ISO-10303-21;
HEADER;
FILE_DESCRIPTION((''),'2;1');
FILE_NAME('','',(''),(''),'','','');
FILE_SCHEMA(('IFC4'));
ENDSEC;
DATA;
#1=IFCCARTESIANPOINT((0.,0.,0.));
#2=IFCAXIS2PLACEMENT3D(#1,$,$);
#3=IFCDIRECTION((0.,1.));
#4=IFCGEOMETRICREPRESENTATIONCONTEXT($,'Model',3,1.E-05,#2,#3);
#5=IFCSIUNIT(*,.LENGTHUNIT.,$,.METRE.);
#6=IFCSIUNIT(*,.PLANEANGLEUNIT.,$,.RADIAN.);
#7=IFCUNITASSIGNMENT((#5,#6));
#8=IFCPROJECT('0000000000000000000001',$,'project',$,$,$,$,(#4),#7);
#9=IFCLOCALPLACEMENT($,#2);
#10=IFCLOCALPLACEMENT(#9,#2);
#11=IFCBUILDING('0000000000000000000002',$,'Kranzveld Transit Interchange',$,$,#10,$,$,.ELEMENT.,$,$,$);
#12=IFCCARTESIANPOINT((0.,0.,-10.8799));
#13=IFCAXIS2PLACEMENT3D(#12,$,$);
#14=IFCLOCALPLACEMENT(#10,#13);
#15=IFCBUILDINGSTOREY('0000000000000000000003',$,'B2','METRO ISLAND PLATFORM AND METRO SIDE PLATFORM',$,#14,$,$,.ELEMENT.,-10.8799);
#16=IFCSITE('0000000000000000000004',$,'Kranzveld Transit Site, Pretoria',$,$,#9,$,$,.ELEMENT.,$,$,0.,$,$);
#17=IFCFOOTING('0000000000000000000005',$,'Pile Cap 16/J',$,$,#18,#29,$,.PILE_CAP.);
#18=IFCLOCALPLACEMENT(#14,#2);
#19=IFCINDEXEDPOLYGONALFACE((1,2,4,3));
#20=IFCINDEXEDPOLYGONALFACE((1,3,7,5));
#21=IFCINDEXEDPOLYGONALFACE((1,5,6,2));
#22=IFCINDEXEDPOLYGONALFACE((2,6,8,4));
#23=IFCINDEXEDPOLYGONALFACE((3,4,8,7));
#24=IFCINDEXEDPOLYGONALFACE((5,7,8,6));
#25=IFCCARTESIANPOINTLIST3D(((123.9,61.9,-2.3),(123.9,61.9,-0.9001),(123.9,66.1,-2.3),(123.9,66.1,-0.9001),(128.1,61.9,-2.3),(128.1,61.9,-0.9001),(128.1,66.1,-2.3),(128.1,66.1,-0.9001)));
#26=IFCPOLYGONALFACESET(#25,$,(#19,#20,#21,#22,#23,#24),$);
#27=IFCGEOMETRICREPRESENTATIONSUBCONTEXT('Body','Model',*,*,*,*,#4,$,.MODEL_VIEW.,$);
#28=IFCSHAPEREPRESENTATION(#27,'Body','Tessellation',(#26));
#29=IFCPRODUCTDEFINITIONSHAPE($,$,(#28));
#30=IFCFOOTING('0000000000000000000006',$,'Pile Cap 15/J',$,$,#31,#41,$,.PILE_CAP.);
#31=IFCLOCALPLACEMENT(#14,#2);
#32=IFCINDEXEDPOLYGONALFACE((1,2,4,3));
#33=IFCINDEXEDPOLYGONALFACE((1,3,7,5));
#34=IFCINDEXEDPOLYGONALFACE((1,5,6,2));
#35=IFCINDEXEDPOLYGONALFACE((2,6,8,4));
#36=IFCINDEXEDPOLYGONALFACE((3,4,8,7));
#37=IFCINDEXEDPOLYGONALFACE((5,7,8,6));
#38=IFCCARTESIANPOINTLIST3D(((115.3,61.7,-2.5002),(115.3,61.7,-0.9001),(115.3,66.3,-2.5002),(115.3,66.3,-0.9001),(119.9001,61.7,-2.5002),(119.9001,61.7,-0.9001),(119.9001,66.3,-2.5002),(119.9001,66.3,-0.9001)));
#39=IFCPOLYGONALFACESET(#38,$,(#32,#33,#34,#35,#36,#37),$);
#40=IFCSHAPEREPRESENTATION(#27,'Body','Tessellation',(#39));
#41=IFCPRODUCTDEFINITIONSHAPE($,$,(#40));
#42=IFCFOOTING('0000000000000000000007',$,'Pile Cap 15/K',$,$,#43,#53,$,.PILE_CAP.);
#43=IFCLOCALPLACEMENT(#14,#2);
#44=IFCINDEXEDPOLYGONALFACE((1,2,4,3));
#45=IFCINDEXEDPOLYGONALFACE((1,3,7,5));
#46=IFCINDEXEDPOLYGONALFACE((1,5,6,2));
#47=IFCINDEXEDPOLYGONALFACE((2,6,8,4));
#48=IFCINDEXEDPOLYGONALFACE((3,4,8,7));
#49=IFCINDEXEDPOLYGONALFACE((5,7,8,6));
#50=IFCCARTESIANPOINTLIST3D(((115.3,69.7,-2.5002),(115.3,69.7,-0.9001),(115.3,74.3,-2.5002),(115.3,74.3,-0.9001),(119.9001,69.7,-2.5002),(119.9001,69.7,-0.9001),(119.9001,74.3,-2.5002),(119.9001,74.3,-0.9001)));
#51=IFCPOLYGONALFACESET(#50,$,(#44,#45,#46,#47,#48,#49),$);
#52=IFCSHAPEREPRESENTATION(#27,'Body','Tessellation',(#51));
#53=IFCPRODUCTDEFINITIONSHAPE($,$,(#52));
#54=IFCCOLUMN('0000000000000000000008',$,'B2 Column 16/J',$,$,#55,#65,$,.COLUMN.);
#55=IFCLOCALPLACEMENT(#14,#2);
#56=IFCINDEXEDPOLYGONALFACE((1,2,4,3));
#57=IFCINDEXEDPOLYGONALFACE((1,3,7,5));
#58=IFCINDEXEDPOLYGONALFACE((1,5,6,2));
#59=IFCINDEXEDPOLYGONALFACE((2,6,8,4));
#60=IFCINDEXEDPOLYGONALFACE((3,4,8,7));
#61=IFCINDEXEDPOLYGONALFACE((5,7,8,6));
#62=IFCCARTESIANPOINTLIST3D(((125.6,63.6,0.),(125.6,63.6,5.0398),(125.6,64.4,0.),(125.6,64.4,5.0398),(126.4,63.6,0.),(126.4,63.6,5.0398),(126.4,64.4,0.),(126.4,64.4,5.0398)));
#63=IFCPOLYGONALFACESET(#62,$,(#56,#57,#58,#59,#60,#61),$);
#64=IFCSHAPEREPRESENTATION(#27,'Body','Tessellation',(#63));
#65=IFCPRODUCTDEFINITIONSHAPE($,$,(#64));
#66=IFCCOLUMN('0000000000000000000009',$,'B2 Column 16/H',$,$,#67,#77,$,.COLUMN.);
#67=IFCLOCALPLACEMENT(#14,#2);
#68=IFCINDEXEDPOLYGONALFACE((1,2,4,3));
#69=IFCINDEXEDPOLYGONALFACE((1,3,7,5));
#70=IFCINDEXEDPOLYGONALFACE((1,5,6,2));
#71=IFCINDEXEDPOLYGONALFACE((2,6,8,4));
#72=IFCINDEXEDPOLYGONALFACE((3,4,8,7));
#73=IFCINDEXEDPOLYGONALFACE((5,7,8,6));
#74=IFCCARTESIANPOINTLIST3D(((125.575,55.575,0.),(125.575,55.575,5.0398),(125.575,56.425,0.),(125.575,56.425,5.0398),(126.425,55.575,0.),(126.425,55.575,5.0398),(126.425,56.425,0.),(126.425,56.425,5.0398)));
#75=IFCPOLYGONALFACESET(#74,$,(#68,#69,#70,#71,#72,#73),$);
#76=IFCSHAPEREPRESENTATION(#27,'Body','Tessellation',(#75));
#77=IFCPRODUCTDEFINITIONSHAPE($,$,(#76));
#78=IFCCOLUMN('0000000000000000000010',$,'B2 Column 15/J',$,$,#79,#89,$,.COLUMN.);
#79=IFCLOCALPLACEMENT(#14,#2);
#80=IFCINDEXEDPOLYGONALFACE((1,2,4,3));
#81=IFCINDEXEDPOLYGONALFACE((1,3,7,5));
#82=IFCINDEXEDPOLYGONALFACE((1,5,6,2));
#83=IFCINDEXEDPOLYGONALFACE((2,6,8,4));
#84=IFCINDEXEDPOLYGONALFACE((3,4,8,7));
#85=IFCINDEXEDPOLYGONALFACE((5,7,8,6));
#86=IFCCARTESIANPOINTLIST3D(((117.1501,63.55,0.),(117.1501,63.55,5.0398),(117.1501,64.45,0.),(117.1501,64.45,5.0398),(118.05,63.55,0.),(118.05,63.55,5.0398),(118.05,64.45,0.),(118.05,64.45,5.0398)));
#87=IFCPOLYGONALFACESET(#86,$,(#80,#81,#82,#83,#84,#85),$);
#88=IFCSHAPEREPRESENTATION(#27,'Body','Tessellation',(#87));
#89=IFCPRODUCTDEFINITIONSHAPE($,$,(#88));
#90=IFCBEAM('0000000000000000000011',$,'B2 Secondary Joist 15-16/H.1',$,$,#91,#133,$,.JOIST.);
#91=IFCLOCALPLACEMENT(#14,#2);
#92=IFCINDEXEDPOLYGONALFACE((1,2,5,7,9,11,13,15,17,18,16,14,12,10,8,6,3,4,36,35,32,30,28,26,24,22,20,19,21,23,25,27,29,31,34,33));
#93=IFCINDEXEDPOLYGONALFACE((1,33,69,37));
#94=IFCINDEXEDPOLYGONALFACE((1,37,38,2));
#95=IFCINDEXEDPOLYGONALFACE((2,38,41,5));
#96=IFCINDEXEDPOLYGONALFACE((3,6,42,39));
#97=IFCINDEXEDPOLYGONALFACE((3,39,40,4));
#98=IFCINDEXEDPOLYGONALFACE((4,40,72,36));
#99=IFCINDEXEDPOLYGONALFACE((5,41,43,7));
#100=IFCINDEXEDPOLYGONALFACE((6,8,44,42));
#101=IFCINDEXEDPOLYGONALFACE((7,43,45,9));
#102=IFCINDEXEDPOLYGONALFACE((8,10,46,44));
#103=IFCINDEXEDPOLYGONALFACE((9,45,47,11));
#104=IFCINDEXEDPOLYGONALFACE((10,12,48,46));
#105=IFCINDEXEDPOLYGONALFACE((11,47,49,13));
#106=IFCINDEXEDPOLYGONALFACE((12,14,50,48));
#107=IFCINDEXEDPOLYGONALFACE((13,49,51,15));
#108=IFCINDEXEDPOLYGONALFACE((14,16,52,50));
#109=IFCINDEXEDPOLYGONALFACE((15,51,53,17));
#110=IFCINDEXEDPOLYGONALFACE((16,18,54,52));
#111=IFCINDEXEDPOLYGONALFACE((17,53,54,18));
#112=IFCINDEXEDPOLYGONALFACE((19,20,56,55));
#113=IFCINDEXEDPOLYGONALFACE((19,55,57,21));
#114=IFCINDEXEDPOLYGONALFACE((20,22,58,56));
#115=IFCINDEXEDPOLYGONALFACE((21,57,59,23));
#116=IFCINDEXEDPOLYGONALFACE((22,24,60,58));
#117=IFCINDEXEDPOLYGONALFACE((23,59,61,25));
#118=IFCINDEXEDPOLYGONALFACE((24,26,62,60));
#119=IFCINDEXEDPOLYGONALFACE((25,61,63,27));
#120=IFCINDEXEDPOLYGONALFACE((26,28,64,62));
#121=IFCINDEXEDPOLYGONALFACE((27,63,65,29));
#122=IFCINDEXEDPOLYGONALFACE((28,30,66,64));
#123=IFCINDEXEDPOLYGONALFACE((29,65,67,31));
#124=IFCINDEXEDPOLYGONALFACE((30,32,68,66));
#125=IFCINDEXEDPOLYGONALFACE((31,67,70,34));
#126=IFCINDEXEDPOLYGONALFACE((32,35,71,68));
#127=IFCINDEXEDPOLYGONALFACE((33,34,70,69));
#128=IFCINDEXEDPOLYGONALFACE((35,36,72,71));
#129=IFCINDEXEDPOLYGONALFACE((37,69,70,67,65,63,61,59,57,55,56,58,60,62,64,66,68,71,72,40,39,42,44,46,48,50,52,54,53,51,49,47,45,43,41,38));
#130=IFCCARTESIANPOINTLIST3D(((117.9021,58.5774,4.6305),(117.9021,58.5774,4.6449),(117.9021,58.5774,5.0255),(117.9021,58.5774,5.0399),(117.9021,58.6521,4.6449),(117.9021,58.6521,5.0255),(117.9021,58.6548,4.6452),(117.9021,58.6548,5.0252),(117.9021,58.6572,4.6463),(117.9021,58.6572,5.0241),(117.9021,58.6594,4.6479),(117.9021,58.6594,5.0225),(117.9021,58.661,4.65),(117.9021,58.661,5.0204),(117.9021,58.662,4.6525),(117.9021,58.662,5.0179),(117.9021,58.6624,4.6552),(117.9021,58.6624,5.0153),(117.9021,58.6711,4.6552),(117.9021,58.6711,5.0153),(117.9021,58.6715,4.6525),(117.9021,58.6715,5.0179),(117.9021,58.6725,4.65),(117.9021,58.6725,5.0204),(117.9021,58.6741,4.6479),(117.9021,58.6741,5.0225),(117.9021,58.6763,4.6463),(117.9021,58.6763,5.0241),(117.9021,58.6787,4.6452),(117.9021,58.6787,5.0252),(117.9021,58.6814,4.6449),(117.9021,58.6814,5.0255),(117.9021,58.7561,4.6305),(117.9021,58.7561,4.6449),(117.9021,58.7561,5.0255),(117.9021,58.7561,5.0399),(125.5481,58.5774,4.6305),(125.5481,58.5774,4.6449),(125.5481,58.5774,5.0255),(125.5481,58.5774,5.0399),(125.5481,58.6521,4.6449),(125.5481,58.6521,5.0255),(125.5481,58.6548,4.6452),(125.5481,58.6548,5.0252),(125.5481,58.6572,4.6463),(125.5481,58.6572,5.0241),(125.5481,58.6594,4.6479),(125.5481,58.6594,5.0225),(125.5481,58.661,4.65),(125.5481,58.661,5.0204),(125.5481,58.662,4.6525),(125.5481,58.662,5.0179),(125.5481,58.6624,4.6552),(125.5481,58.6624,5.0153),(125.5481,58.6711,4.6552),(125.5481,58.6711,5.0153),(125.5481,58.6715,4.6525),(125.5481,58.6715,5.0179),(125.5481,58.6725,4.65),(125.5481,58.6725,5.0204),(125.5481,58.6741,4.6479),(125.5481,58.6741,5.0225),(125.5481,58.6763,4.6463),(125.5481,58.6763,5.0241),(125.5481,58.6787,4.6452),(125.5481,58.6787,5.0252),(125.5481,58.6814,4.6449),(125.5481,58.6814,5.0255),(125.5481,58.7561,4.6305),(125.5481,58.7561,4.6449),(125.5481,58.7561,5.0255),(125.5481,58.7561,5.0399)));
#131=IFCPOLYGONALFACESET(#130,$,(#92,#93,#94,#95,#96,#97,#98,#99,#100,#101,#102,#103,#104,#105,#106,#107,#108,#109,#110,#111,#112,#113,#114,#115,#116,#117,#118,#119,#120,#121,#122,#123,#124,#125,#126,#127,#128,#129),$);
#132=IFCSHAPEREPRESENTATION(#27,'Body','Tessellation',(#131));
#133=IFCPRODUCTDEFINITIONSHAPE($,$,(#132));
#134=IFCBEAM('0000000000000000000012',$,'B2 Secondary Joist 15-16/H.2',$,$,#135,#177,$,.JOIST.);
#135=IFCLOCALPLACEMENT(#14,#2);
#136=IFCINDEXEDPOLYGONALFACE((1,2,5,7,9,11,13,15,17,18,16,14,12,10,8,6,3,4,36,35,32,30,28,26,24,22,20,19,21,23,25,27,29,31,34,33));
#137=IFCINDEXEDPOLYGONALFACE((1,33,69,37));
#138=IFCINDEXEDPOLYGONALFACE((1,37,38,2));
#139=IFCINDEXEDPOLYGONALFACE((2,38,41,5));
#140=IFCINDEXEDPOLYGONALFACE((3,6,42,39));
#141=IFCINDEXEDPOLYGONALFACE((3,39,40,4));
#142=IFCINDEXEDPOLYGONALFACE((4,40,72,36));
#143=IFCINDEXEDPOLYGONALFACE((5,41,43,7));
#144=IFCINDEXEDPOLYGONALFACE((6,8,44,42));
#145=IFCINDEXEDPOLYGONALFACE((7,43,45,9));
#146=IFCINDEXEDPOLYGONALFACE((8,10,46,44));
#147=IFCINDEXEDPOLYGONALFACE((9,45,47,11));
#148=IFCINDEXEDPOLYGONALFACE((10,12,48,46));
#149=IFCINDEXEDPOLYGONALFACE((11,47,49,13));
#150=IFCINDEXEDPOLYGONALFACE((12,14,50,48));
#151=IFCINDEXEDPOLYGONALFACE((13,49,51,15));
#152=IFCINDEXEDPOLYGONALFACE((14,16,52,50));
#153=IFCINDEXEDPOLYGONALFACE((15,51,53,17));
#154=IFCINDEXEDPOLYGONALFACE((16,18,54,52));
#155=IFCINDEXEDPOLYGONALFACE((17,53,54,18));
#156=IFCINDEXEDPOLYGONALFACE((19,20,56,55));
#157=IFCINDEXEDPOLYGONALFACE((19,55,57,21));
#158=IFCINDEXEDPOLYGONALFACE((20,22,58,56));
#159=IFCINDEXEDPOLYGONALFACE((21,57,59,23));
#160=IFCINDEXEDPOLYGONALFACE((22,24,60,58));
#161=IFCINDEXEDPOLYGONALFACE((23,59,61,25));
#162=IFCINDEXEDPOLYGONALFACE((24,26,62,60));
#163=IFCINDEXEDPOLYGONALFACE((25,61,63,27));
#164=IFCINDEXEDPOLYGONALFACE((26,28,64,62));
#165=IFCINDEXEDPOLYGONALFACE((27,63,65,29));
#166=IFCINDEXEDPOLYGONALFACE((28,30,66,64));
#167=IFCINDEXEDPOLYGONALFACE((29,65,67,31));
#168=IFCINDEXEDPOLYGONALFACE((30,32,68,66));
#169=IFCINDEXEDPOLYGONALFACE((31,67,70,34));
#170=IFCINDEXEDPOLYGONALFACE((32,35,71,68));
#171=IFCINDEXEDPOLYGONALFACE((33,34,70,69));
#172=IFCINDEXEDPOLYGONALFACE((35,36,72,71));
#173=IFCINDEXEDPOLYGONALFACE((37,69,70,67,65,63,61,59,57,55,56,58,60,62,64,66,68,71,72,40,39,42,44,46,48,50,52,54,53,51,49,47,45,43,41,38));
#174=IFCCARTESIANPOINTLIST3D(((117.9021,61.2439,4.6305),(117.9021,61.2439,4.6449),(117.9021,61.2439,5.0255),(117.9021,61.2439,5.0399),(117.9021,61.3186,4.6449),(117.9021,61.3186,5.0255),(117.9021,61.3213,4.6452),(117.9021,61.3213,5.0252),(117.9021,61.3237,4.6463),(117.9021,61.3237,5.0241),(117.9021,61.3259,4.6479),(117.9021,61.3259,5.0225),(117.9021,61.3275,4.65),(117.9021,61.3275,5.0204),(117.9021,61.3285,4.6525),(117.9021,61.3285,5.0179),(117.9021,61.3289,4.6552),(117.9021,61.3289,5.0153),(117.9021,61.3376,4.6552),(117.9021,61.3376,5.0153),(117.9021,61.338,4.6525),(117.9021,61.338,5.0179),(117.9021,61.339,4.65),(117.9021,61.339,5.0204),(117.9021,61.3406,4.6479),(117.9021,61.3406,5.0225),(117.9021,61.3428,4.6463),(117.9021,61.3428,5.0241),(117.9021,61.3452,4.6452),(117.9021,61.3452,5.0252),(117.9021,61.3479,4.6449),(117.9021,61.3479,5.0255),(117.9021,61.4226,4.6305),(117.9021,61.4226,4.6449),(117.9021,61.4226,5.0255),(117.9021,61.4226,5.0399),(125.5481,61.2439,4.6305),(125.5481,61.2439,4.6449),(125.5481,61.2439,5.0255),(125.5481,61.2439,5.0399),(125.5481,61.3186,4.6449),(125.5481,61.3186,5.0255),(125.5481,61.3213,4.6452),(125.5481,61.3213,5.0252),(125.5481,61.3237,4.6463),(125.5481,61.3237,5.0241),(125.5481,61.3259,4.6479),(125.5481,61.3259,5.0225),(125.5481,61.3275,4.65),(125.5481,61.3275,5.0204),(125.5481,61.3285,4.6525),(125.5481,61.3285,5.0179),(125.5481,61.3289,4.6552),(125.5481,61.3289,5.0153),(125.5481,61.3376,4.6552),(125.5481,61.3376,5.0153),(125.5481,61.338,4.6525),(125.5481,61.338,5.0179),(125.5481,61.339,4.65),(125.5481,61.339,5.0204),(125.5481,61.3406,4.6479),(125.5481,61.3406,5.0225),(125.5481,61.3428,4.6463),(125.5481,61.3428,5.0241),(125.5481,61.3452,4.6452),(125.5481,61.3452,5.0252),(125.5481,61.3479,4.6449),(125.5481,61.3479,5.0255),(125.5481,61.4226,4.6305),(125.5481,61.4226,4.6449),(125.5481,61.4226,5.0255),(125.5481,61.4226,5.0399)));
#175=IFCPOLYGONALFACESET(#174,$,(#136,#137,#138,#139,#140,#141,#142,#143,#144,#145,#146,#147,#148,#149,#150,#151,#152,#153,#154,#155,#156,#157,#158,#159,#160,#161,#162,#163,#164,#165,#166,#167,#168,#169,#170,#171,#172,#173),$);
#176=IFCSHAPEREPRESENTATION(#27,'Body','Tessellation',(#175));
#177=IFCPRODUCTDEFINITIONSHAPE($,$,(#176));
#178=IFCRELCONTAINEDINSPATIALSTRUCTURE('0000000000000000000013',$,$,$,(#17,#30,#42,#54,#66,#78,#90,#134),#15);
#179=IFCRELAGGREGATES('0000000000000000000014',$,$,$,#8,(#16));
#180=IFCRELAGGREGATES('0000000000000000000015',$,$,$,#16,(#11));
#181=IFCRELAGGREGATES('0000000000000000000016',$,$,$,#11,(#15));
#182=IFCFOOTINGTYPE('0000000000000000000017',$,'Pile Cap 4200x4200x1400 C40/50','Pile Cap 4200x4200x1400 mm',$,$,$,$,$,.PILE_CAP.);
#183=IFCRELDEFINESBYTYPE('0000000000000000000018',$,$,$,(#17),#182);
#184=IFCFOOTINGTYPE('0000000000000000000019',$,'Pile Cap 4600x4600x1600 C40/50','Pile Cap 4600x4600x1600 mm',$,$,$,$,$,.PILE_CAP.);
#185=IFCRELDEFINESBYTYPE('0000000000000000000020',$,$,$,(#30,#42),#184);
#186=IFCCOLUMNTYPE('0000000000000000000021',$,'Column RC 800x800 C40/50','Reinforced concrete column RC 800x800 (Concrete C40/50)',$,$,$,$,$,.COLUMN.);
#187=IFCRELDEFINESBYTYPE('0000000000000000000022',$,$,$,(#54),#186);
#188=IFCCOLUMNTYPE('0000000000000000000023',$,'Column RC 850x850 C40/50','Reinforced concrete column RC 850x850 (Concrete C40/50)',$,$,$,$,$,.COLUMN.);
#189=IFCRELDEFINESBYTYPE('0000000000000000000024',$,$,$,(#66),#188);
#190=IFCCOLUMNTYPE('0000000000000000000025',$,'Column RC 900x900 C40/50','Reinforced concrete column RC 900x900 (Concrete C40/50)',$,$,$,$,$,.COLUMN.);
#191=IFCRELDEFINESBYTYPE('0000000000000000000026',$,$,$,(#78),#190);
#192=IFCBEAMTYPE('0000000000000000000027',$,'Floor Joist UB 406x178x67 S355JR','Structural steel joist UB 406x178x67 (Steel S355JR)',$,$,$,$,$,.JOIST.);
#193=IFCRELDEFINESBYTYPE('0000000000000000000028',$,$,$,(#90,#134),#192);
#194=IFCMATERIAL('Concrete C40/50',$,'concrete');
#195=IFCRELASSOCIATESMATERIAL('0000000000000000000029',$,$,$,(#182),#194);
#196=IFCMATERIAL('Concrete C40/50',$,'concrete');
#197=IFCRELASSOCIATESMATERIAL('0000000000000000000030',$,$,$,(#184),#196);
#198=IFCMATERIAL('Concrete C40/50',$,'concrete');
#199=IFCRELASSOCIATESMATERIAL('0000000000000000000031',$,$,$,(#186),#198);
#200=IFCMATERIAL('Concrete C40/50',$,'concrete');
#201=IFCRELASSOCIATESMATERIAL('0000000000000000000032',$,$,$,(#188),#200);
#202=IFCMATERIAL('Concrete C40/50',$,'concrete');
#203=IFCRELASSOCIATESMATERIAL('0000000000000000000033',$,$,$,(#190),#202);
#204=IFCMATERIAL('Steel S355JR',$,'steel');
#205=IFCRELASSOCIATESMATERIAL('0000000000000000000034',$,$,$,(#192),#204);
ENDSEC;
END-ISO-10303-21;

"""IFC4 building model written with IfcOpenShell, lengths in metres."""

from ifc_helpers import new_model, si_unit, direction, frame, origin, origin_2d, place, context, subcontext, project, spatial, rectangle, i_section, extrude, material, material_profile, profile_set, type_object, element, save


model = new_model("IFC4")

# Units and contexts
model_context = context("Model", 3, precision=1e-05, world=origin(), true_north=direction((0.0, 1.0)))
body_context = subcontext(model_context, "Body", "Model", "MODEL_VIEW")
ifc_project = project(units=[si_unit("LENGTHUNIT", "METRE"), si_unit("PLANEANGLEUNIT", "RADIAN")], contexts=[model_context])

# Site, building, storey
site_placement = place(None, origin())
site = spatial("IfcSite", under=ifc_project, at=site_placement, Name="Kranzveld Transit Site, Pretoria", CompositionType="ELEMENT", RefElevation=0.0)
building_placement = place(site_placement, origin())
building = spatial("IfcBuilding", under=site, at=building_placement, Name="Kranzveld Transit Interchange", CompositionType="ELEMENT")
storey_placement = place(building_placement, frame((0.0, 0.0, -10.8799)))
storey = spatial("IfcBuildingStorey", under=building, at=storey_placement, Name="B2", Description="METRO ISLAND PLATFORM AND METRO SIDE PLATFORM", CompositionType="ELEMENT", Elevation=-10.8799)

# Footings
ifc_material_1 = material(Name="Concrete C40/50", Category="concrete")
footing_type_1 = type_object("IfcFootingType", Name="Pile Cap 4200x4200x1400 C40/50", Description="Pile Cap 4200x4200x1400 mm", PredefinedType="PILE_CAP", material=ifc_material_1)
footing_placement = place(storey_placement, frame((126.0, 64.0, -2.3), z_axis=(0.0, 0.0, 1.0), x_axis=(1.0, 0.0, 0.0)))
element("IfcFooting", 1, at=footing_placement, inside=storey, type_object=footing_type_1, Name="Pile Cap 16/J", PredefinedType="PILE_CAP", context=body_context, shape_type="SweptSolid", body=[
    extrude(rectangle(XDim=4.2, YDim=4.2, at=origin_2d()), origin(), (0.0, 0.0, 1.0), 1.3999),
])
ifc_material_2 = material(Name="Concrete C40/50", Category="concrete")
footing_type_2 = type_object("IfcFootingType", Name="Pile Cap 4600x4600x1600 C40/50", Description="Pile Cap 4600x4600x1600 mm", PredefinedType="PILE_CAP", material=ifc_material_2)
for number, where, z_axis, x_axis, name in (
    (2, (117.6001, 64.0, -2.5002), (0.0, 0.0, 1.0), (1.0, 0.0, 0.0), "Pile Cap 15/J"),
    (3, (117.6001, 72.0, -2.5002), (0.0, 0.0, 1.0), (1.0, 0.0, 0.0), "Pile Cap 15/K"),
):
    element("IfcFooting", number, at=place(storey_placement, frame(where, z_axis=z_axis, x_axis=x_axis)), inside=storey, type_object=footing_type_2, Name=name, PredefinedType="PILE_CAP", context=body_context, shape_type="SweptSolid", body=[
        extrude(rectangle(XDim=4.6001, YDim=4.6001, at=origin_2d()), origin(), (0.0, 0.0, 1.0), 1.6001),
    ])

# Columns
ifc_material_3 = material(Name="Concrete C40/50", Category="concrete")
ifc_material_profile_1 = material_profile(ifc_material_3, rectangle(XDim=0.8, YDim=0.8, at=origin_2d()), Name="RC 800x800")
ifc_profile_set_1 = profile_set([ifc_material_profile_1], Name="Concrete C40/50")
column_type_1 = type_object("IfcColumnType", Name="Column RC 800x800 C40/50", Description="Reinforced concrete column RC 800x800 (Concrete C40/50)", PredefinedType="COLUMN", material=ifc_profile_set_1)
column_1_placement = place(storey_placement, frame((126.0, 64.0, 0.0), z_axis=(0.0, 0.0, 1.0), x_axis=(1.0, 0.0, 0.0)))
element("IfcColumn", 4, at=column_1_placement, inside=storey, type_object=column_type_1, Name="B2 Column 16/J", PredefinedType="COLUMN", context=body_context, shape_type="SweptSolid", body=[
    extrude(rectangle(XDim=0.8, YDim=0.8, at=origin_2d()), origin(), (0.0, 0.0, 1.0), 5.0398),
])
ifc_material_4 = material(Name="Concrete C40/50", Category="concrete")
ifc_material_profile_2 = material_profile(ifc_material_4, rectangle(XDim=0.8501, YDim=0.8501, at=origin_2d()), Name="RC 850x850")
ifc_profile_set_2 = profile_set([ifc_material_profile_2], Name="Concrete C40/50")
column_type_2 = type_object("IfcColumnType", Name="Column RC 850x850 C40/50", Description="Reinforced concrete column RC 850x850 (Concrete C40/50)", PredefinedType="COLUMN", material=ifc_profile_set_2)
column_2_placement = place(storey_placement, frame((126.0, 56.0, 0.0), z_axis=(0.0, 0.0, 1.0), x_axis=(1.0, 0.0, 0.0)))
element("IfcColumn", 5, at=column_2_placement, inside=storey, type_object=column_type_2, Name="B2 Column 16/H", PredefinedType="COLUMN", context=body_context, shape_type="SweptSolid", body=[
    extrude(rectangle(XDim=0.8501, YDim=0.8501, at=origin_2d()), origin(), (0.0, 0.0, 1.0), 5.0398),
])
ifc_material_5 = material(Name="Concrete C40/50", Category="concrete")
ifc_material_profile_3 = material_profile(ifc_material_5, rectangle(XDim=0.8999, YDim=0.8999, at=origin_2d()), Name="RC 900x900")
ifc_profile_set_3 = profile_set([ifc_material_profile_3], Name="Concrete C40/50")
column_type_3 = type_object("IfcColumnType", Name="Column RC 900x900 C40/50", Description="Reinforced concrete column RC 900x900 (Concrete C40/50)", PredefinedType="COLUMN", material=ifc_profile_set_3)
column_3_placement = place(storey_placement, frame((117.6001, 64.0, 0.0), z_axis=(0.0, 0.0, 1.0), x_axis=(1.0, 0.0, 0.0)))
element("IfcColumn", 6, at=column_3_placement, inside=storey, type_object=column_type_3, Name="B2 Column 15/J", PredefinedType="COLUMN", context=body_context, shape_type="SweptSolid", body=[
    extrude(rectangle(XDim=0.8999, YDim=0.8999, at=origin_2d()), origin(), (0.0, 0.0, 1.0), 5.0398),
])

# Beams
ifc_material_6 = material(Name="Steel S355JR", Category="steel")
ifc_material_profile_4 = material_profile(ifc_material_6, i_section(OverallWidth=0.1787, OverallDepth=0.4094, WebThickness=0.0088, FlangeThickness=0.0144, FilletRadius=0.0103, at=origin_2d()), Name="UB 406x178x67")
ifc_profile_set_4 = profile_set([ifc_material_profile_4], Name="Steel S355JR")
beam_type_1 = type_object("IfcBeamType", Name="Floor Joist UB 406x178x67 S355JR", Description="Structural steel joist UB 406x178x67 (Steel S355JR)", PredefinedType="JOIST", material=ifc_profile_set_4)
for number, where, z_axis, x_axis, name in (
    (7, (117.9021, 58.6667, 4.8352), (1.0, 0.0, 0.0), (0.0, 1.0, 0.0), "B2 Secondary Joist 15-16/H.1"),
    (8, (117.9021, 61.3333, 4.8352), (1.0, 0.0, 0.0), (0.0, 1.0, 0.0), "B2 Secondary Joist 15-16/H.2"),
):
    element("IfcBeam", number, at=place(storey_placement, frame(where, z_axis=z_axis, x_axis=x_axis)), inside=storey, type_object=beam_type_1, Name=name, PredefinedType="JOIST", context=body_context, shape_type="SweptSolid", body=[
        extrude(i_section(OverallWidth=0.1787, OverallDepth=0.4094, WebThickness=0.0088, FlangeThickness=0.0144, FilletRadius=0.0103, at=origin_2d()), origin(), (0.0, 0.0, 1.0), 7.646),
    ])

save(model, "model.ifc")
